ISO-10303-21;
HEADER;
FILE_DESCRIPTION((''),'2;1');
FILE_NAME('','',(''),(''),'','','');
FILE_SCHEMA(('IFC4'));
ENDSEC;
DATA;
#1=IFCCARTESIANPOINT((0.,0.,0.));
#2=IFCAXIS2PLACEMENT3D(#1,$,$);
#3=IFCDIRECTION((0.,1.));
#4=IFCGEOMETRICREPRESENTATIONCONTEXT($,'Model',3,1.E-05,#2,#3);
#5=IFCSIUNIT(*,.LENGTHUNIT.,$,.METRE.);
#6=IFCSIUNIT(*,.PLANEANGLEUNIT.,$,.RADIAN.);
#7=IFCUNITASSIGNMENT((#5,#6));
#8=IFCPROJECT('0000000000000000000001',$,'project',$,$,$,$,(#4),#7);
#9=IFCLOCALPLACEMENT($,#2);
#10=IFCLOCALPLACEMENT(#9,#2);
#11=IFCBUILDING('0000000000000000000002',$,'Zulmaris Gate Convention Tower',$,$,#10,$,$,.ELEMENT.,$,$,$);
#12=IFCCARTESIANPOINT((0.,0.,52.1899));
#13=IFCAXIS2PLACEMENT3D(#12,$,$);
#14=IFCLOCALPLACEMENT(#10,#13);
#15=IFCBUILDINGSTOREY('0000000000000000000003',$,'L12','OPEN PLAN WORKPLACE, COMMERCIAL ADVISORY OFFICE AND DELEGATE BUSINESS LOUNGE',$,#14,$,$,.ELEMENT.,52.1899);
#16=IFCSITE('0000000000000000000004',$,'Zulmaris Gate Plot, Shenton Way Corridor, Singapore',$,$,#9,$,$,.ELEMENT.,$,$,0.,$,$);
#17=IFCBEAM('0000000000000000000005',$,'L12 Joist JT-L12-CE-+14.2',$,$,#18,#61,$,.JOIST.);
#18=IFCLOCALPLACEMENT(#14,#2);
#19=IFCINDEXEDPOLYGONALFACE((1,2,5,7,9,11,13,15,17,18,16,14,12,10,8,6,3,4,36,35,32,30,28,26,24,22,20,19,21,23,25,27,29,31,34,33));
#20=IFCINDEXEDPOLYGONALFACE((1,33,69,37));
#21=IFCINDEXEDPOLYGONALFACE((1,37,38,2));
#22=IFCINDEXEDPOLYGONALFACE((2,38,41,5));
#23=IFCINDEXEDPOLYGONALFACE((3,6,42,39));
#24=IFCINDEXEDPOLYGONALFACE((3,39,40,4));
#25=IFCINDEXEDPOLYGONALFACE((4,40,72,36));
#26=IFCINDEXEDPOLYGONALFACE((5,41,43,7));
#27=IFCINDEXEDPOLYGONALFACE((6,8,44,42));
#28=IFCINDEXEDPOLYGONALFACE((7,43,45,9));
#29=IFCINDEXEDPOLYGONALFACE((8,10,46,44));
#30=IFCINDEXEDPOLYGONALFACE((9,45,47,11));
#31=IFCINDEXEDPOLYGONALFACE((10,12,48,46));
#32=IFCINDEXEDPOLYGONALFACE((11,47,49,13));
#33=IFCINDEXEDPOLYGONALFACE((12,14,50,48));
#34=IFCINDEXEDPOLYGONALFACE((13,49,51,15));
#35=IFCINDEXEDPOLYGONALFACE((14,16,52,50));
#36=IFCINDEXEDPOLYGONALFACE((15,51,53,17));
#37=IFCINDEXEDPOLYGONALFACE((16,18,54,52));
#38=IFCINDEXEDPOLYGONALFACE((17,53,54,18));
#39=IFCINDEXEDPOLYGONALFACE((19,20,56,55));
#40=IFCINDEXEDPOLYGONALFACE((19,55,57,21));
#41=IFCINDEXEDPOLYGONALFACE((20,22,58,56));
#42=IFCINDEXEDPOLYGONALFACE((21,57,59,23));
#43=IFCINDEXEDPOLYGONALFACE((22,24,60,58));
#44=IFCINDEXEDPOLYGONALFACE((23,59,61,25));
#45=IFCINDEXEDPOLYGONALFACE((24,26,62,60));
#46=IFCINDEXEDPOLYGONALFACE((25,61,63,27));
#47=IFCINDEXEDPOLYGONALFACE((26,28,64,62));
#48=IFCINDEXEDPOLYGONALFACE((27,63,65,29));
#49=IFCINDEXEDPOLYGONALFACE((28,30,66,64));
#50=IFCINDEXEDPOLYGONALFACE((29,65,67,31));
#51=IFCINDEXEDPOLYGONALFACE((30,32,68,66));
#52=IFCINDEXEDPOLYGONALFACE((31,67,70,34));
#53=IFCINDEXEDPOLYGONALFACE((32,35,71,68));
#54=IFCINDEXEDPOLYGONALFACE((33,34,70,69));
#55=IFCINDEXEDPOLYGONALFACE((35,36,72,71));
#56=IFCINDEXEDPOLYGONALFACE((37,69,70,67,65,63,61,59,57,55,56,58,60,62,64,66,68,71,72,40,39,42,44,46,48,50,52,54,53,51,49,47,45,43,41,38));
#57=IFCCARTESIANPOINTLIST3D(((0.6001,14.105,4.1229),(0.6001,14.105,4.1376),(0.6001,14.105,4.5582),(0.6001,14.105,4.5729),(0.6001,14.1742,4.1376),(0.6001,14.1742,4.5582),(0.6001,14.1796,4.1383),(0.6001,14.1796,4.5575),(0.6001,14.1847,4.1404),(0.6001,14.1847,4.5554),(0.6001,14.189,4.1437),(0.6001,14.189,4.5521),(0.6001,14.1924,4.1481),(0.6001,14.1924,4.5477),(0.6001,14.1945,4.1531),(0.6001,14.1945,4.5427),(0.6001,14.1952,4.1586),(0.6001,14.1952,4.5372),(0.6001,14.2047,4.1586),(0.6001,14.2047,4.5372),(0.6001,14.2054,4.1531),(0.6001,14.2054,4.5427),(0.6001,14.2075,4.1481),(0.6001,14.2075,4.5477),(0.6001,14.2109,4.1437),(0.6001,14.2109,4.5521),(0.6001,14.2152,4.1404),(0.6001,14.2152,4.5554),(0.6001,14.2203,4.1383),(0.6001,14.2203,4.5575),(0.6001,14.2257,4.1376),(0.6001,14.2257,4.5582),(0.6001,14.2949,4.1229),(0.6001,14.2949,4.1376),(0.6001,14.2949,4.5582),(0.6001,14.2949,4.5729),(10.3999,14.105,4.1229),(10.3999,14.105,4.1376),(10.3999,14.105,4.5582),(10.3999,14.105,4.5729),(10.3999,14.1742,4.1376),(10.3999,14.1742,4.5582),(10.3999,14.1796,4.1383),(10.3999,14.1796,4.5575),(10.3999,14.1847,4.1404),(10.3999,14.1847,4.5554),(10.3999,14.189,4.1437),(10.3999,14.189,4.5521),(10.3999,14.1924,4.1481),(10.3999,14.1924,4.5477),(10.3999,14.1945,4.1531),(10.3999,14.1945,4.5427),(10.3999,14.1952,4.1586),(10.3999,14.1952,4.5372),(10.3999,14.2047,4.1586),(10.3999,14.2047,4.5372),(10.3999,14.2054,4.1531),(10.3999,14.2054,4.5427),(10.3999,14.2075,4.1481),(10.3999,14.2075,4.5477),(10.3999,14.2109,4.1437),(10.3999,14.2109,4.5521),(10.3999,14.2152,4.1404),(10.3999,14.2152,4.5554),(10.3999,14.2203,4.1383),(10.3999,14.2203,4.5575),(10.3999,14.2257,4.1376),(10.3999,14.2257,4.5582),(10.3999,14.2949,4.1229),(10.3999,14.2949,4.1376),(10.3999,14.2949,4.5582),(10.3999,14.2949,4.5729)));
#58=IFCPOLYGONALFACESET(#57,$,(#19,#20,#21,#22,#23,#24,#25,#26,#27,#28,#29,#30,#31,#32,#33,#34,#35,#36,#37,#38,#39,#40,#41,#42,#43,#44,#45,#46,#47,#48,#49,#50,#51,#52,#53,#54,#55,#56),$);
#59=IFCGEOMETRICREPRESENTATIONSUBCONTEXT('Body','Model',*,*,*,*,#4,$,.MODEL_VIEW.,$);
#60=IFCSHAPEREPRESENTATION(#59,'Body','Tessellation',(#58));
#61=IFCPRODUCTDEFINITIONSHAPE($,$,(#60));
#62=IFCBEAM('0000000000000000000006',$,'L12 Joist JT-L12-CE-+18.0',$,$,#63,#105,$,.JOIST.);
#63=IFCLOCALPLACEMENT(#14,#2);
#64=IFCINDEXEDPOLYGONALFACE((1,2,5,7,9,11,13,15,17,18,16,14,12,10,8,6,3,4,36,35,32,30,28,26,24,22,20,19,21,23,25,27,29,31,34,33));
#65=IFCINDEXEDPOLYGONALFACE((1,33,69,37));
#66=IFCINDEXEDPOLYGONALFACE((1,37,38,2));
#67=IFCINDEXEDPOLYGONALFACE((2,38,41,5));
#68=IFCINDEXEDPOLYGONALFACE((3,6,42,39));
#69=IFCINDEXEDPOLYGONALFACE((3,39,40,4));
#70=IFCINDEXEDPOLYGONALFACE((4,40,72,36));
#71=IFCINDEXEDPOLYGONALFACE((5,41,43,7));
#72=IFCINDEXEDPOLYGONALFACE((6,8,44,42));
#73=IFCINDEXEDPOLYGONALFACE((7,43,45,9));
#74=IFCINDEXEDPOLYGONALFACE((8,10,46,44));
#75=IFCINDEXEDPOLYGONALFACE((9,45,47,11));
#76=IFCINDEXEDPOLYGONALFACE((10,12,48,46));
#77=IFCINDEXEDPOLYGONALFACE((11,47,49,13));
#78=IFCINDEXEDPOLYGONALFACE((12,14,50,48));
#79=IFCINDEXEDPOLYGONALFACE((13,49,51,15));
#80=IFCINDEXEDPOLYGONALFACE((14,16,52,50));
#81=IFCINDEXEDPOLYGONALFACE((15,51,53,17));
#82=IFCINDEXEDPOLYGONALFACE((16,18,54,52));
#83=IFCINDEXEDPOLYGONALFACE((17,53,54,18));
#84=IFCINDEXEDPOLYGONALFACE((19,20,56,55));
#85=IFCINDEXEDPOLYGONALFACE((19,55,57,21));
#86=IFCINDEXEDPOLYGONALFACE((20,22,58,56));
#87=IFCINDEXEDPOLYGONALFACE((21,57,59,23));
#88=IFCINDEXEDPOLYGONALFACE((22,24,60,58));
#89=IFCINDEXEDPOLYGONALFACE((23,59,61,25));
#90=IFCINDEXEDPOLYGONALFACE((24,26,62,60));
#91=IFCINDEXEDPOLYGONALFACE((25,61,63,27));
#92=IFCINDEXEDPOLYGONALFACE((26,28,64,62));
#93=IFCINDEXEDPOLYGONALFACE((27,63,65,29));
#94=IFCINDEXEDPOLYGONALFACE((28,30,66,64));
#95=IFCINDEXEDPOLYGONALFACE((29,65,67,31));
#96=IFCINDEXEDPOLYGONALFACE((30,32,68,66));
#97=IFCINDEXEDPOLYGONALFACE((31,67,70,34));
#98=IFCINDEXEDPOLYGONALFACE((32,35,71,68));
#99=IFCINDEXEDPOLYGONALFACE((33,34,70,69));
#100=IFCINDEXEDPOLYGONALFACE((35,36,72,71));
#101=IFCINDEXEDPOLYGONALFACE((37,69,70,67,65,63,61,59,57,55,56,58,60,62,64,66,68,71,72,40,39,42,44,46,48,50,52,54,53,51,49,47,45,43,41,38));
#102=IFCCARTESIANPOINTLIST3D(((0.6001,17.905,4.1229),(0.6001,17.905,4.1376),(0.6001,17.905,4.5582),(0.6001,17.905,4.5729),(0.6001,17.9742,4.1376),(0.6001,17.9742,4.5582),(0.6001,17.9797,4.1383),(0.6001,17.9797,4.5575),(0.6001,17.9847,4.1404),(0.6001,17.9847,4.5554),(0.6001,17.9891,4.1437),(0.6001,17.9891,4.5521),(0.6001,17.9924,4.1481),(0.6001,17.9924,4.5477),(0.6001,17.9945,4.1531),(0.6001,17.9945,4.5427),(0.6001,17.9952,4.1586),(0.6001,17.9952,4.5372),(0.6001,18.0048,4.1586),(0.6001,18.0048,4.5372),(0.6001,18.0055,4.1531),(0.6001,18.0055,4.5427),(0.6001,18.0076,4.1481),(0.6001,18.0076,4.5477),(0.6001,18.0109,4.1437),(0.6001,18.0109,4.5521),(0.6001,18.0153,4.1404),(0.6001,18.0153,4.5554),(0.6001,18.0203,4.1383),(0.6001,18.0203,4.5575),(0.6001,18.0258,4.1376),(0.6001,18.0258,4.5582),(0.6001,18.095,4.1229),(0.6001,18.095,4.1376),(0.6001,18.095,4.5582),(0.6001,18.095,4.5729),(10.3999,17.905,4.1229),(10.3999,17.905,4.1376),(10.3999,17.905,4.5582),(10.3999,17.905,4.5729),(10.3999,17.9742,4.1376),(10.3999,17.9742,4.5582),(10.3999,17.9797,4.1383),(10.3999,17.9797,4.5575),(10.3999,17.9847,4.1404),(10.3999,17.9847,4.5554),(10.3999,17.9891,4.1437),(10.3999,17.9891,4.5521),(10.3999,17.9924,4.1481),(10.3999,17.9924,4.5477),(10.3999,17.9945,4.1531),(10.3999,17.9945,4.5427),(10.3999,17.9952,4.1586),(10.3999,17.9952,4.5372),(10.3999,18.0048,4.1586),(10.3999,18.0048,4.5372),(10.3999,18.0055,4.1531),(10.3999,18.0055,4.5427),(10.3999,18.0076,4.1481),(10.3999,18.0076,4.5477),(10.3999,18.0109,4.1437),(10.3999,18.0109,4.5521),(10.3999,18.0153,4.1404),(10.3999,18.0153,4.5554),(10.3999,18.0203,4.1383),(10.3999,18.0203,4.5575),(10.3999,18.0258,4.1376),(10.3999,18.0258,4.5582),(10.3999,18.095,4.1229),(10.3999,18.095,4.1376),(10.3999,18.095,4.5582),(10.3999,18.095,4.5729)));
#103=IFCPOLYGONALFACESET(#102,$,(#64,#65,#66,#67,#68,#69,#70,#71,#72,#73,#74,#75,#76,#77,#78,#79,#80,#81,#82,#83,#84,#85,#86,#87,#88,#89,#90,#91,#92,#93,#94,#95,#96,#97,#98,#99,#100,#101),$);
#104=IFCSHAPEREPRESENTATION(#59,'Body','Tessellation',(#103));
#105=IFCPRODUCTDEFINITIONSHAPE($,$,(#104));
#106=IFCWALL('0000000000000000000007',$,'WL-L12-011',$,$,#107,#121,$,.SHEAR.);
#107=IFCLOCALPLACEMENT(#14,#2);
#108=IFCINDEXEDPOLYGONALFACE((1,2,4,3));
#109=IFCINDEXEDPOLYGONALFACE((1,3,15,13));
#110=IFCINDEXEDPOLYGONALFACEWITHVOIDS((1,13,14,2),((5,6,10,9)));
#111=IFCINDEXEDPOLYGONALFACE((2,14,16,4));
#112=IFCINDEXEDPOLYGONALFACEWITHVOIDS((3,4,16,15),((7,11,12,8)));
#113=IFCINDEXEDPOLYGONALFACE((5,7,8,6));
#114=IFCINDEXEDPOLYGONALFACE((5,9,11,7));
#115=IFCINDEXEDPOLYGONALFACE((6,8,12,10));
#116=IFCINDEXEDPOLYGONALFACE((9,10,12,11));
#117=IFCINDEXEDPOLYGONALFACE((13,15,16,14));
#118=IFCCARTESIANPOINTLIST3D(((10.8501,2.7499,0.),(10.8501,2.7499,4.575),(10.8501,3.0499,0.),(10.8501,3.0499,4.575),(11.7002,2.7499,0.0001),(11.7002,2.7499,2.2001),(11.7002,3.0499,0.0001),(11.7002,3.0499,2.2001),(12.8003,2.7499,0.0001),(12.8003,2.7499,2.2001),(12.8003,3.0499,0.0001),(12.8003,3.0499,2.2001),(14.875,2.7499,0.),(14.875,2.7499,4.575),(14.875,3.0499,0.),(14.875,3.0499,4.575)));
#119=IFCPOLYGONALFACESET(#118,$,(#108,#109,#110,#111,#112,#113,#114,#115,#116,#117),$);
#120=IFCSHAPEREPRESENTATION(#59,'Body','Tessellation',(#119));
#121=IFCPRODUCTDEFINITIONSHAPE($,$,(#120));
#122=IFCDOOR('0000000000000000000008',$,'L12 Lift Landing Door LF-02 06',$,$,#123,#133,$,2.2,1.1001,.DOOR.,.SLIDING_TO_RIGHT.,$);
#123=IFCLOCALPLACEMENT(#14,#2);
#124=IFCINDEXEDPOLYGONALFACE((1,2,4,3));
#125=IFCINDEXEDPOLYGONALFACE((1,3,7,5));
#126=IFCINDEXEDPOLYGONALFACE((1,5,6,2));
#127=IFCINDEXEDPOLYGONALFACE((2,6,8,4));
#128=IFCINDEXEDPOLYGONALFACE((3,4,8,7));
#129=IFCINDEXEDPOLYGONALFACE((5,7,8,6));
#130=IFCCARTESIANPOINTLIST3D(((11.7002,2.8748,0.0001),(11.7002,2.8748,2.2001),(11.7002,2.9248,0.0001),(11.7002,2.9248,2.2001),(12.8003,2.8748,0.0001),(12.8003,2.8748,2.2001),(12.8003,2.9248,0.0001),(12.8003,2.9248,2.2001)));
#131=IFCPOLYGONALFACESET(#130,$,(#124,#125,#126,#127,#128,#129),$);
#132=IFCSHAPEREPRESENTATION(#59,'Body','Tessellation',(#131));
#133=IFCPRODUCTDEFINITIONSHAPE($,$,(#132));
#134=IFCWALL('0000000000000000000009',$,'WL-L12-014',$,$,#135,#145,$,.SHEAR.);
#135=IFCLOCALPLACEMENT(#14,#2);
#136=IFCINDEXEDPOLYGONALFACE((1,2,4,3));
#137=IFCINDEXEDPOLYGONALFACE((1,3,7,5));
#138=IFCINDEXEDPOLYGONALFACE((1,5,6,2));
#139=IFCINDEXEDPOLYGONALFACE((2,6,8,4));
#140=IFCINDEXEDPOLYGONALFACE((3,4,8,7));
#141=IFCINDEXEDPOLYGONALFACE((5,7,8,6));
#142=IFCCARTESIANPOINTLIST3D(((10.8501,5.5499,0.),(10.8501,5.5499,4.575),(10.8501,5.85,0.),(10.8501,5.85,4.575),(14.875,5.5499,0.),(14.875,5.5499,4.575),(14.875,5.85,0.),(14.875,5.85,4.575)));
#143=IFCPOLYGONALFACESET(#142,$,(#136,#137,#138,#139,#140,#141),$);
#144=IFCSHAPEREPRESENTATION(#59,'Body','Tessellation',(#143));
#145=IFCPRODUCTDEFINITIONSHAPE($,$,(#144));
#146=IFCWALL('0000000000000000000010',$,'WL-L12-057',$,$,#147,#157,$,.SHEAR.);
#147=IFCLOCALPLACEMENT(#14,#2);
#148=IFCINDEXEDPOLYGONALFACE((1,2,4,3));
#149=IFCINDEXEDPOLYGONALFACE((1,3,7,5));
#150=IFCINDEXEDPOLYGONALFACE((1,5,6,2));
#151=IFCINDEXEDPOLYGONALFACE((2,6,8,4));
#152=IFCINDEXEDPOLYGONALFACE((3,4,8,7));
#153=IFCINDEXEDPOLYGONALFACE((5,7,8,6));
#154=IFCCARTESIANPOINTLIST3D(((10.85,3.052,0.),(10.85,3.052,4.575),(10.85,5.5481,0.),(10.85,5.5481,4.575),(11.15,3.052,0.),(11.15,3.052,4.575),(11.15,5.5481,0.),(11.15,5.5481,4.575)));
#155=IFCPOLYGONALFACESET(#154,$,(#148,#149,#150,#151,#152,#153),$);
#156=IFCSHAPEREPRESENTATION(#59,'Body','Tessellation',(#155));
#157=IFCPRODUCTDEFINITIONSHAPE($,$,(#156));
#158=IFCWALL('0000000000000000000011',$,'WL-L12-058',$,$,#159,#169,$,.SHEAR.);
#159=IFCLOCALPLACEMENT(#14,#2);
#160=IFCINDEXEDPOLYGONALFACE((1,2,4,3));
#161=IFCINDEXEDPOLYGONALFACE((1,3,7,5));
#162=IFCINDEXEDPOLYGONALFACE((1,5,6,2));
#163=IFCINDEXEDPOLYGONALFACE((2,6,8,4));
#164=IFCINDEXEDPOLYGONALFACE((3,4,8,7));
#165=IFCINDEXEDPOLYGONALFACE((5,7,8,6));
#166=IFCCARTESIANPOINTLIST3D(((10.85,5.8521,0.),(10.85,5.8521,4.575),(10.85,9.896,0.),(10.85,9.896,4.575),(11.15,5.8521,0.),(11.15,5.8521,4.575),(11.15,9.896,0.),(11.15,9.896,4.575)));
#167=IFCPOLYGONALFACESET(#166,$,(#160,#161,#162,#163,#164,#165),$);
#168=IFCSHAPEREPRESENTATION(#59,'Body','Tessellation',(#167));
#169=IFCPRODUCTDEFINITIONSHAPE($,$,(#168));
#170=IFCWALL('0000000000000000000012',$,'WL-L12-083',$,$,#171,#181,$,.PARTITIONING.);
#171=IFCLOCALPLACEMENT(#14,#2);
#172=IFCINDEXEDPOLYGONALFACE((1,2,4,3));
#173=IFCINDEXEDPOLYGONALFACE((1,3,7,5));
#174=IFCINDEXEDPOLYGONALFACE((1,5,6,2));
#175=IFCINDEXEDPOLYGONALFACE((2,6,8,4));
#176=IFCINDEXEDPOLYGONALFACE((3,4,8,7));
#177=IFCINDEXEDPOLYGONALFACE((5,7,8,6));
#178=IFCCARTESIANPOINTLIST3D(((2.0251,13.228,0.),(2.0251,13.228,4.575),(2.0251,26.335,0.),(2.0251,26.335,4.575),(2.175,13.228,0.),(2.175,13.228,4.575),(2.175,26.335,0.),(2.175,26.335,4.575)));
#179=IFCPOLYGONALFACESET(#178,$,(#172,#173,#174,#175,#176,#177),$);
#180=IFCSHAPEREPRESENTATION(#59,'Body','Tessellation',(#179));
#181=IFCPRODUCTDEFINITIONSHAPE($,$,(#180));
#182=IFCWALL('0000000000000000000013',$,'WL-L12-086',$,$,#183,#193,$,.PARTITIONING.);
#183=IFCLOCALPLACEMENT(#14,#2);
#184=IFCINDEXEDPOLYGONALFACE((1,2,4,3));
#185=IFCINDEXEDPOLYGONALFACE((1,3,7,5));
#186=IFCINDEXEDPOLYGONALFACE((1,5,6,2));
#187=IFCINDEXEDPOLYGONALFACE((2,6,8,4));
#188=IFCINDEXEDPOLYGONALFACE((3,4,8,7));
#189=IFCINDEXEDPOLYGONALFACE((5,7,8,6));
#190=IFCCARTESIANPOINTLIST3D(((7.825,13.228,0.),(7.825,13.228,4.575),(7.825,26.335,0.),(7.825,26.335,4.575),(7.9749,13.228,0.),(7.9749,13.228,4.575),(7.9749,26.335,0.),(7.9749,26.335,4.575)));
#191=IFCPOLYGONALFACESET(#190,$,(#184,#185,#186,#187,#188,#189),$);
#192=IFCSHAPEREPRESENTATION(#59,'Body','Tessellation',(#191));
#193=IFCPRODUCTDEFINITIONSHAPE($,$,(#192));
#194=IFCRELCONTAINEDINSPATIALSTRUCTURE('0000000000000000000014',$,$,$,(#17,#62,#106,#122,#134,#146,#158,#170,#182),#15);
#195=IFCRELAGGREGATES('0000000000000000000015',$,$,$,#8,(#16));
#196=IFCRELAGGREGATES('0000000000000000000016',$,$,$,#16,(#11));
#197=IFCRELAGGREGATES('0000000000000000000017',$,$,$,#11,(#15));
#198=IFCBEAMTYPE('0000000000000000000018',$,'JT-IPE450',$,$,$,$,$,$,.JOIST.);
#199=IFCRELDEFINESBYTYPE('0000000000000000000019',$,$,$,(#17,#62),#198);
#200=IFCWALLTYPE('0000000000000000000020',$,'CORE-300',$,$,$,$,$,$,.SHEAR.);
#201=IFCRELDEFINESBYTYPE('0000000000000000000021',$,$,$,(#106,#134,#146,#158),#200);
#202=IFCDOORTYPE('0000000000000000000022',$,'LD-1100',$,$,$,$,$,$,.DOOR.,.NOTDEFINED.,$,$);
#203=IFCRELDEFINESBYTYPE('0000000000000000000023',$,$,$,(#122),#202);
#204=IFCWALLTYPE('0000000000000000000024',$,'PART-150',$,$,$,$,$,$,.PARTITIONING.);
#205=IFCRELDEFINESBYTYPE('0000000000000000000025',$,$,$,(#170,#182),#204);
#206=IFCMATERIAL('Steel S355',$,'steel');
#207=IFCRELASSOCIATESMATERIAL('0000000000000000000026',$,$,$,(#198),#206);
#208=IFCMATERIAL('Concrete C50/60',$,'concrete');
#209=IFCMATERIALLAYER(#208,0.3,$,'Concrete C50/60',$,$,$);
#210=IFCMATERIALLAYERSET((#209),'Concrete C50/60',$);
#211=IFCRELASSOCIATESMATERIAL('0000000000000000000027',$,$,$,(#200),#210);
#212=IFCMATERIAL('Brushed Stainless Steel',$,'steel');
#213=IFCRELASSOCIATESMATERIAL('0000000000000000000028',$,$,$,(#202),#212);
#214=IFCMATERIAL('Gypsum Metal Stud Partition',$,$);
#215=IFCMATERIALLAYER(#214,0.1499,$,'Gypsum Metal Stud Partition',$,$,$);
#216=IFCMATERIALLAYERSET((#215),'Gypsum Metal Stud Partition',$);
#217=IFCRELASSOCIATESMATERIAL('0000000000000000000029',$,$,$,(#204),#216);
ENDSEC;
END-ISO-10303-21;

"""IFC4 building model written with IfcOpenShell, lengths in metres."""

from ifc_helpers import new_model, si_unit, direction, frame, frame_2d, origin, origin_2d, place, context, subcontext, project, spatial, rectangle, i_section, extrude, material, layer, layer_set, material_profile, profile_set, type_object, element, fill, save


model = new_model("IFC4")

# Units and contexts
model_context = context("Model", 3, precision=1e-05, world=origin(), true_north=direction((0.0, 1.0)))
body_context = subcontext(model_context, "Body", "Model", "MODEL_VIEW")
ifc_project = project(units=[si_unit("LENGTHUNIT", "METRE"), si_unit("PLANEANGLEUNIT", "RADIAN")], contexts=[model_context])

# Site, building, storey
site_placement = place(None, origin())
site = spatial("IfcSite", under=ifc_project, at=site_placement, Name="Zulmaris Gate Plot, Shenton Way Corridor, Singapore", CompositionType="ELEMENT", RefElevation=0.0)
building_placement = place(site_placement, origin())
building = spatial("IfcBuilding", under=site, at=building_placement, Name="Zulmaris Gate Convention Tower", CompositionType="ELEMENT")
storey_placement = place(building_placement, frame((0.0, 0.0, 52.1899)))
storey = spatial("IfcBuildingStorey", under=building, at=storey_placement, Name="L12", Description="OPEN PLAN WORKPLACE, COMMERCIAL ADVISORY OFFICE AND DELEGATE BUSINESS LOUNGE", CompositionType="ELEMENT", Elevation=52.1899)

# Beams
ifc_material_1 = material(Name="Steel S355", Category="steel")
ifc_material_profile_1 = material_profile(ifc_material_1, i_section(OverallWidth=0.1899, OverallDepth=0.45, WebThickness=0.0095, FlangeThickness=0.0146, FilletRadius=0.021, at=origin_2d()), Name="IPE 450")
ifc_profile_set_1 = profile_set([ifc_material_profile_1], Name="Steel S355")
beam_type_1 = type_object("IfcBeamType", Name="JT-IPE450", PredefinedType="JOIST", material=ifc_profile_set_1)
for number, where, z_axis, x_axis, name in (
    (1, (0.6001, 14.2, 4.3479), (1.0, 0.0, 0.0), (0.0, 1.0, 0.0), "L12 Joist JT-L12-CE-+14.2"),
    (2, (0.6001, 18.0, 4.3479), (1.0, 0.0, 0.0), (0.0, 1.0, 0.0), "L12 Joist JT-L12-CE-+18.0"),
):
    element("IfcBeam", number, at=place(storey_placement, frame(where, z_axis=z_axis, x_axis=x_axis)), inside=storey, type_object=beam_type_1, Name=name, PredefinedType="JOIST", context=body_context, shape_type="SweptSolid", body=[
        extrude(i_section(OverallWidth=0.1899, OverallDepth=0.45, WebThickness=0.0095, FlangeThickness=0.0146, FilletRadius=0.021, at=origin_2d()), origin(), (0.0, 0.0, 1.0), 9.7998),
    ])

# Wall, opening, door
ifc_material_2 = material(Name="Concrete C50/60", Category="concrete")
ifc_layer_1 = layer(ifc_material_2, 0.3, Name="Concrete C50/60")
ifc_layer_set_1 = layer_set([ifc_layer_1], Name="Concrete C50/60")
wall_type_1 = type_object("IfcWallType", Name="CORE-300", PredefinedType="SHEAR", material=ifc_layer_set_1)
wall_1_placement = place(storey_placement, frame((10.8501, 2.8999, 0.0), z_axis=(0.0, 0.0, 1.0), x_axis=(1.0, 0.0, 0.0)))
wall_1 = element("IfcWall", 3, at=wall_1_placement, inside=storey, type_object=wall_type_1, Name="WL-L12-011", PredefinedType="SHEAR", context=body_context, shape_type="SweptSolid", body=[
    extrude(rectangle(XDim=4.0249, YDim=0.3, at=frame_2d((2.0125, 0.0))), origin(), (0.0, 0.0, 1.0), 4.575),
])
opening_1_placement = place(wall_1_placement, frame((0.8501, 0.0, 0.0)))
opening_1 = element("IfcOpeningElement", 4, at=opening_1_placement, cuts=wall_1, PredefinedType="OPENING", context=body_context, shape_type="SweptSolid", body=[
    extrude(rectangle(XDim=1.1001, YDim=2.2, at=frame_2d((0.55, 1.1001))), frame((0.0, 0.1602, 0.0), z_axis=(0.0, -1.0, 0.0), x_axis=(1.0, 0.0, 0.0)), (0.0, 0.0, 1.0), 0.3201),
])
ifc_material_3 = material(Name="Brushed Stainless Steel", Category="steel")
door_type_1 = type_object("IfcDoorType", Name="LD-1100", OperationType="NOTDEFINED", PredefinedType="DOOR", material=ifc_material_3)
door_1_placement = place(opening_1_placement, origin())
door_1 = element("IfcDoor", 5, at=door_1_placement, inside=storey, type_object=door_type_1, Name="L12 Lift Landing Door LF-02 06", OperationType="SLIDING_TO_RIGHT", OverallHeight=2.2, OverallWidth=1.1001, PredefinedType="DOOR", context=body_context, shape_type="SweptSolid", body=[
    extrude(rectangle(XDim=1.1001, YDim=2.2, at=frame_2d((0.55, 1.1001))), frame((0.0, 0.0249, 0.0), z_axis=(0.0, -1.0, 0.0), x_axis=(1.0, 0.0, 0.0)), (0.0, 0.0, 1.0), 0.05),
])
fill(opening_1, door_1)

# Wall
wall_2_placement = place(storey_placement, frame((10.8501, 5.7, 0.0), z_axis=(0.0, 0.0, 1.0), x_axis=(1.0, 0.0, 0.0)))
element("IfcWall", 6, at=wall_2_placement, inside=storey, type_object=wall_type_1, Name="WL-L12-014", PredefinedType="SHEAR", context=body_context, shape_type="SweptSolid", body=[
    extrude(rectangle(XDim=4.0249, YDim=0.3, at=frame_2d((2.0125, 0.0))), origin(), (0.0, 0.0, 1.0), 4.575),
])

# Walls
wall_3_placement = place(storey_placement, frame((11.0, 3.052, 0.0), z_axis=(0.0, 0.0, 1.0), x_axis=(0.0, 1.0, 0.0)))
element("IfcWall", 7, at=wall_3_placement, inside=storey, type_object=wall_type_1, Name="WL-L12-057", PredefinedType="SHEAR", context=body_context, shape_type="SweptSolid", body=[
    extrude(rectangle(XDim=2.4961, YDim=0.3, at=frame_2d((1.248, 0.0))), origin(), (0.0, 0.0, 1.0), 4.575),
])
wall_4_placement = place(storey_placement, frame((11.0, 5.8521, 0.0), z_axis=(0.0, 0.0, 1.0), x_axis=(0.0, 1.0, 0.0)))
element("IfcWall", 8, at=wall_4_placement, inside=storey, type_object=wall_type_1, Name="WL-L12-058", PredefinedType="SHEAR", context=body_context, shape_type="SweptSolid", body=[
    extrude(rectangle(XDim=4.0439, YDim=0.3, at=frame_2d((2.022, 0.0))), origin(), (0.0, 0.0, 1.0), 4.575),
])
ifc_material_4 = material(Name="Gypsum Metal Stud Partition")
ifc_layer_2 = layer(ifc_material_4, 0.1499, Name="Gypsum Metal Stud Partition")
ifc_layer_set_2 = layer_set([ifc_layer_2], Name="Gypsum Metal Stud Partition")
wall_type_2 = type_object("IfcWallType", Name="PART-150", PredefinedType="PARTITIONING", material=ifc_layer_set_2)
for number, where, z_axis, x_axis, name in (
    (9, (2.1001, 13.228, 0.0), (0.0, 0.0, 1.0), (0.0, 1.0, 0.0), "WL-L12-083"),
    (10, (7.8999, 13.228, 0.0), (0.0, 0.0, 1.0), (0.0, 1.0, 0.0), "WL-L12-086"),
):
    element("IfcWall", number, at=place(storey_placement, frame(where, z_axis=z_axis, x_axis=x_axis)), inside=storey, type_object=wall_type_2, Name=name, PredefinedType="PARTITIONING", context=body_context, shape_type="SweptSolid", body=[
        extrude(rectangle(XDim=13.1069, YDim=0.1499, at=frame_2d((6.5535, 0.0))), origin(), (0.0, 0.0, 1.0), 4.575),
    ])

save(model, "model.ifc")
